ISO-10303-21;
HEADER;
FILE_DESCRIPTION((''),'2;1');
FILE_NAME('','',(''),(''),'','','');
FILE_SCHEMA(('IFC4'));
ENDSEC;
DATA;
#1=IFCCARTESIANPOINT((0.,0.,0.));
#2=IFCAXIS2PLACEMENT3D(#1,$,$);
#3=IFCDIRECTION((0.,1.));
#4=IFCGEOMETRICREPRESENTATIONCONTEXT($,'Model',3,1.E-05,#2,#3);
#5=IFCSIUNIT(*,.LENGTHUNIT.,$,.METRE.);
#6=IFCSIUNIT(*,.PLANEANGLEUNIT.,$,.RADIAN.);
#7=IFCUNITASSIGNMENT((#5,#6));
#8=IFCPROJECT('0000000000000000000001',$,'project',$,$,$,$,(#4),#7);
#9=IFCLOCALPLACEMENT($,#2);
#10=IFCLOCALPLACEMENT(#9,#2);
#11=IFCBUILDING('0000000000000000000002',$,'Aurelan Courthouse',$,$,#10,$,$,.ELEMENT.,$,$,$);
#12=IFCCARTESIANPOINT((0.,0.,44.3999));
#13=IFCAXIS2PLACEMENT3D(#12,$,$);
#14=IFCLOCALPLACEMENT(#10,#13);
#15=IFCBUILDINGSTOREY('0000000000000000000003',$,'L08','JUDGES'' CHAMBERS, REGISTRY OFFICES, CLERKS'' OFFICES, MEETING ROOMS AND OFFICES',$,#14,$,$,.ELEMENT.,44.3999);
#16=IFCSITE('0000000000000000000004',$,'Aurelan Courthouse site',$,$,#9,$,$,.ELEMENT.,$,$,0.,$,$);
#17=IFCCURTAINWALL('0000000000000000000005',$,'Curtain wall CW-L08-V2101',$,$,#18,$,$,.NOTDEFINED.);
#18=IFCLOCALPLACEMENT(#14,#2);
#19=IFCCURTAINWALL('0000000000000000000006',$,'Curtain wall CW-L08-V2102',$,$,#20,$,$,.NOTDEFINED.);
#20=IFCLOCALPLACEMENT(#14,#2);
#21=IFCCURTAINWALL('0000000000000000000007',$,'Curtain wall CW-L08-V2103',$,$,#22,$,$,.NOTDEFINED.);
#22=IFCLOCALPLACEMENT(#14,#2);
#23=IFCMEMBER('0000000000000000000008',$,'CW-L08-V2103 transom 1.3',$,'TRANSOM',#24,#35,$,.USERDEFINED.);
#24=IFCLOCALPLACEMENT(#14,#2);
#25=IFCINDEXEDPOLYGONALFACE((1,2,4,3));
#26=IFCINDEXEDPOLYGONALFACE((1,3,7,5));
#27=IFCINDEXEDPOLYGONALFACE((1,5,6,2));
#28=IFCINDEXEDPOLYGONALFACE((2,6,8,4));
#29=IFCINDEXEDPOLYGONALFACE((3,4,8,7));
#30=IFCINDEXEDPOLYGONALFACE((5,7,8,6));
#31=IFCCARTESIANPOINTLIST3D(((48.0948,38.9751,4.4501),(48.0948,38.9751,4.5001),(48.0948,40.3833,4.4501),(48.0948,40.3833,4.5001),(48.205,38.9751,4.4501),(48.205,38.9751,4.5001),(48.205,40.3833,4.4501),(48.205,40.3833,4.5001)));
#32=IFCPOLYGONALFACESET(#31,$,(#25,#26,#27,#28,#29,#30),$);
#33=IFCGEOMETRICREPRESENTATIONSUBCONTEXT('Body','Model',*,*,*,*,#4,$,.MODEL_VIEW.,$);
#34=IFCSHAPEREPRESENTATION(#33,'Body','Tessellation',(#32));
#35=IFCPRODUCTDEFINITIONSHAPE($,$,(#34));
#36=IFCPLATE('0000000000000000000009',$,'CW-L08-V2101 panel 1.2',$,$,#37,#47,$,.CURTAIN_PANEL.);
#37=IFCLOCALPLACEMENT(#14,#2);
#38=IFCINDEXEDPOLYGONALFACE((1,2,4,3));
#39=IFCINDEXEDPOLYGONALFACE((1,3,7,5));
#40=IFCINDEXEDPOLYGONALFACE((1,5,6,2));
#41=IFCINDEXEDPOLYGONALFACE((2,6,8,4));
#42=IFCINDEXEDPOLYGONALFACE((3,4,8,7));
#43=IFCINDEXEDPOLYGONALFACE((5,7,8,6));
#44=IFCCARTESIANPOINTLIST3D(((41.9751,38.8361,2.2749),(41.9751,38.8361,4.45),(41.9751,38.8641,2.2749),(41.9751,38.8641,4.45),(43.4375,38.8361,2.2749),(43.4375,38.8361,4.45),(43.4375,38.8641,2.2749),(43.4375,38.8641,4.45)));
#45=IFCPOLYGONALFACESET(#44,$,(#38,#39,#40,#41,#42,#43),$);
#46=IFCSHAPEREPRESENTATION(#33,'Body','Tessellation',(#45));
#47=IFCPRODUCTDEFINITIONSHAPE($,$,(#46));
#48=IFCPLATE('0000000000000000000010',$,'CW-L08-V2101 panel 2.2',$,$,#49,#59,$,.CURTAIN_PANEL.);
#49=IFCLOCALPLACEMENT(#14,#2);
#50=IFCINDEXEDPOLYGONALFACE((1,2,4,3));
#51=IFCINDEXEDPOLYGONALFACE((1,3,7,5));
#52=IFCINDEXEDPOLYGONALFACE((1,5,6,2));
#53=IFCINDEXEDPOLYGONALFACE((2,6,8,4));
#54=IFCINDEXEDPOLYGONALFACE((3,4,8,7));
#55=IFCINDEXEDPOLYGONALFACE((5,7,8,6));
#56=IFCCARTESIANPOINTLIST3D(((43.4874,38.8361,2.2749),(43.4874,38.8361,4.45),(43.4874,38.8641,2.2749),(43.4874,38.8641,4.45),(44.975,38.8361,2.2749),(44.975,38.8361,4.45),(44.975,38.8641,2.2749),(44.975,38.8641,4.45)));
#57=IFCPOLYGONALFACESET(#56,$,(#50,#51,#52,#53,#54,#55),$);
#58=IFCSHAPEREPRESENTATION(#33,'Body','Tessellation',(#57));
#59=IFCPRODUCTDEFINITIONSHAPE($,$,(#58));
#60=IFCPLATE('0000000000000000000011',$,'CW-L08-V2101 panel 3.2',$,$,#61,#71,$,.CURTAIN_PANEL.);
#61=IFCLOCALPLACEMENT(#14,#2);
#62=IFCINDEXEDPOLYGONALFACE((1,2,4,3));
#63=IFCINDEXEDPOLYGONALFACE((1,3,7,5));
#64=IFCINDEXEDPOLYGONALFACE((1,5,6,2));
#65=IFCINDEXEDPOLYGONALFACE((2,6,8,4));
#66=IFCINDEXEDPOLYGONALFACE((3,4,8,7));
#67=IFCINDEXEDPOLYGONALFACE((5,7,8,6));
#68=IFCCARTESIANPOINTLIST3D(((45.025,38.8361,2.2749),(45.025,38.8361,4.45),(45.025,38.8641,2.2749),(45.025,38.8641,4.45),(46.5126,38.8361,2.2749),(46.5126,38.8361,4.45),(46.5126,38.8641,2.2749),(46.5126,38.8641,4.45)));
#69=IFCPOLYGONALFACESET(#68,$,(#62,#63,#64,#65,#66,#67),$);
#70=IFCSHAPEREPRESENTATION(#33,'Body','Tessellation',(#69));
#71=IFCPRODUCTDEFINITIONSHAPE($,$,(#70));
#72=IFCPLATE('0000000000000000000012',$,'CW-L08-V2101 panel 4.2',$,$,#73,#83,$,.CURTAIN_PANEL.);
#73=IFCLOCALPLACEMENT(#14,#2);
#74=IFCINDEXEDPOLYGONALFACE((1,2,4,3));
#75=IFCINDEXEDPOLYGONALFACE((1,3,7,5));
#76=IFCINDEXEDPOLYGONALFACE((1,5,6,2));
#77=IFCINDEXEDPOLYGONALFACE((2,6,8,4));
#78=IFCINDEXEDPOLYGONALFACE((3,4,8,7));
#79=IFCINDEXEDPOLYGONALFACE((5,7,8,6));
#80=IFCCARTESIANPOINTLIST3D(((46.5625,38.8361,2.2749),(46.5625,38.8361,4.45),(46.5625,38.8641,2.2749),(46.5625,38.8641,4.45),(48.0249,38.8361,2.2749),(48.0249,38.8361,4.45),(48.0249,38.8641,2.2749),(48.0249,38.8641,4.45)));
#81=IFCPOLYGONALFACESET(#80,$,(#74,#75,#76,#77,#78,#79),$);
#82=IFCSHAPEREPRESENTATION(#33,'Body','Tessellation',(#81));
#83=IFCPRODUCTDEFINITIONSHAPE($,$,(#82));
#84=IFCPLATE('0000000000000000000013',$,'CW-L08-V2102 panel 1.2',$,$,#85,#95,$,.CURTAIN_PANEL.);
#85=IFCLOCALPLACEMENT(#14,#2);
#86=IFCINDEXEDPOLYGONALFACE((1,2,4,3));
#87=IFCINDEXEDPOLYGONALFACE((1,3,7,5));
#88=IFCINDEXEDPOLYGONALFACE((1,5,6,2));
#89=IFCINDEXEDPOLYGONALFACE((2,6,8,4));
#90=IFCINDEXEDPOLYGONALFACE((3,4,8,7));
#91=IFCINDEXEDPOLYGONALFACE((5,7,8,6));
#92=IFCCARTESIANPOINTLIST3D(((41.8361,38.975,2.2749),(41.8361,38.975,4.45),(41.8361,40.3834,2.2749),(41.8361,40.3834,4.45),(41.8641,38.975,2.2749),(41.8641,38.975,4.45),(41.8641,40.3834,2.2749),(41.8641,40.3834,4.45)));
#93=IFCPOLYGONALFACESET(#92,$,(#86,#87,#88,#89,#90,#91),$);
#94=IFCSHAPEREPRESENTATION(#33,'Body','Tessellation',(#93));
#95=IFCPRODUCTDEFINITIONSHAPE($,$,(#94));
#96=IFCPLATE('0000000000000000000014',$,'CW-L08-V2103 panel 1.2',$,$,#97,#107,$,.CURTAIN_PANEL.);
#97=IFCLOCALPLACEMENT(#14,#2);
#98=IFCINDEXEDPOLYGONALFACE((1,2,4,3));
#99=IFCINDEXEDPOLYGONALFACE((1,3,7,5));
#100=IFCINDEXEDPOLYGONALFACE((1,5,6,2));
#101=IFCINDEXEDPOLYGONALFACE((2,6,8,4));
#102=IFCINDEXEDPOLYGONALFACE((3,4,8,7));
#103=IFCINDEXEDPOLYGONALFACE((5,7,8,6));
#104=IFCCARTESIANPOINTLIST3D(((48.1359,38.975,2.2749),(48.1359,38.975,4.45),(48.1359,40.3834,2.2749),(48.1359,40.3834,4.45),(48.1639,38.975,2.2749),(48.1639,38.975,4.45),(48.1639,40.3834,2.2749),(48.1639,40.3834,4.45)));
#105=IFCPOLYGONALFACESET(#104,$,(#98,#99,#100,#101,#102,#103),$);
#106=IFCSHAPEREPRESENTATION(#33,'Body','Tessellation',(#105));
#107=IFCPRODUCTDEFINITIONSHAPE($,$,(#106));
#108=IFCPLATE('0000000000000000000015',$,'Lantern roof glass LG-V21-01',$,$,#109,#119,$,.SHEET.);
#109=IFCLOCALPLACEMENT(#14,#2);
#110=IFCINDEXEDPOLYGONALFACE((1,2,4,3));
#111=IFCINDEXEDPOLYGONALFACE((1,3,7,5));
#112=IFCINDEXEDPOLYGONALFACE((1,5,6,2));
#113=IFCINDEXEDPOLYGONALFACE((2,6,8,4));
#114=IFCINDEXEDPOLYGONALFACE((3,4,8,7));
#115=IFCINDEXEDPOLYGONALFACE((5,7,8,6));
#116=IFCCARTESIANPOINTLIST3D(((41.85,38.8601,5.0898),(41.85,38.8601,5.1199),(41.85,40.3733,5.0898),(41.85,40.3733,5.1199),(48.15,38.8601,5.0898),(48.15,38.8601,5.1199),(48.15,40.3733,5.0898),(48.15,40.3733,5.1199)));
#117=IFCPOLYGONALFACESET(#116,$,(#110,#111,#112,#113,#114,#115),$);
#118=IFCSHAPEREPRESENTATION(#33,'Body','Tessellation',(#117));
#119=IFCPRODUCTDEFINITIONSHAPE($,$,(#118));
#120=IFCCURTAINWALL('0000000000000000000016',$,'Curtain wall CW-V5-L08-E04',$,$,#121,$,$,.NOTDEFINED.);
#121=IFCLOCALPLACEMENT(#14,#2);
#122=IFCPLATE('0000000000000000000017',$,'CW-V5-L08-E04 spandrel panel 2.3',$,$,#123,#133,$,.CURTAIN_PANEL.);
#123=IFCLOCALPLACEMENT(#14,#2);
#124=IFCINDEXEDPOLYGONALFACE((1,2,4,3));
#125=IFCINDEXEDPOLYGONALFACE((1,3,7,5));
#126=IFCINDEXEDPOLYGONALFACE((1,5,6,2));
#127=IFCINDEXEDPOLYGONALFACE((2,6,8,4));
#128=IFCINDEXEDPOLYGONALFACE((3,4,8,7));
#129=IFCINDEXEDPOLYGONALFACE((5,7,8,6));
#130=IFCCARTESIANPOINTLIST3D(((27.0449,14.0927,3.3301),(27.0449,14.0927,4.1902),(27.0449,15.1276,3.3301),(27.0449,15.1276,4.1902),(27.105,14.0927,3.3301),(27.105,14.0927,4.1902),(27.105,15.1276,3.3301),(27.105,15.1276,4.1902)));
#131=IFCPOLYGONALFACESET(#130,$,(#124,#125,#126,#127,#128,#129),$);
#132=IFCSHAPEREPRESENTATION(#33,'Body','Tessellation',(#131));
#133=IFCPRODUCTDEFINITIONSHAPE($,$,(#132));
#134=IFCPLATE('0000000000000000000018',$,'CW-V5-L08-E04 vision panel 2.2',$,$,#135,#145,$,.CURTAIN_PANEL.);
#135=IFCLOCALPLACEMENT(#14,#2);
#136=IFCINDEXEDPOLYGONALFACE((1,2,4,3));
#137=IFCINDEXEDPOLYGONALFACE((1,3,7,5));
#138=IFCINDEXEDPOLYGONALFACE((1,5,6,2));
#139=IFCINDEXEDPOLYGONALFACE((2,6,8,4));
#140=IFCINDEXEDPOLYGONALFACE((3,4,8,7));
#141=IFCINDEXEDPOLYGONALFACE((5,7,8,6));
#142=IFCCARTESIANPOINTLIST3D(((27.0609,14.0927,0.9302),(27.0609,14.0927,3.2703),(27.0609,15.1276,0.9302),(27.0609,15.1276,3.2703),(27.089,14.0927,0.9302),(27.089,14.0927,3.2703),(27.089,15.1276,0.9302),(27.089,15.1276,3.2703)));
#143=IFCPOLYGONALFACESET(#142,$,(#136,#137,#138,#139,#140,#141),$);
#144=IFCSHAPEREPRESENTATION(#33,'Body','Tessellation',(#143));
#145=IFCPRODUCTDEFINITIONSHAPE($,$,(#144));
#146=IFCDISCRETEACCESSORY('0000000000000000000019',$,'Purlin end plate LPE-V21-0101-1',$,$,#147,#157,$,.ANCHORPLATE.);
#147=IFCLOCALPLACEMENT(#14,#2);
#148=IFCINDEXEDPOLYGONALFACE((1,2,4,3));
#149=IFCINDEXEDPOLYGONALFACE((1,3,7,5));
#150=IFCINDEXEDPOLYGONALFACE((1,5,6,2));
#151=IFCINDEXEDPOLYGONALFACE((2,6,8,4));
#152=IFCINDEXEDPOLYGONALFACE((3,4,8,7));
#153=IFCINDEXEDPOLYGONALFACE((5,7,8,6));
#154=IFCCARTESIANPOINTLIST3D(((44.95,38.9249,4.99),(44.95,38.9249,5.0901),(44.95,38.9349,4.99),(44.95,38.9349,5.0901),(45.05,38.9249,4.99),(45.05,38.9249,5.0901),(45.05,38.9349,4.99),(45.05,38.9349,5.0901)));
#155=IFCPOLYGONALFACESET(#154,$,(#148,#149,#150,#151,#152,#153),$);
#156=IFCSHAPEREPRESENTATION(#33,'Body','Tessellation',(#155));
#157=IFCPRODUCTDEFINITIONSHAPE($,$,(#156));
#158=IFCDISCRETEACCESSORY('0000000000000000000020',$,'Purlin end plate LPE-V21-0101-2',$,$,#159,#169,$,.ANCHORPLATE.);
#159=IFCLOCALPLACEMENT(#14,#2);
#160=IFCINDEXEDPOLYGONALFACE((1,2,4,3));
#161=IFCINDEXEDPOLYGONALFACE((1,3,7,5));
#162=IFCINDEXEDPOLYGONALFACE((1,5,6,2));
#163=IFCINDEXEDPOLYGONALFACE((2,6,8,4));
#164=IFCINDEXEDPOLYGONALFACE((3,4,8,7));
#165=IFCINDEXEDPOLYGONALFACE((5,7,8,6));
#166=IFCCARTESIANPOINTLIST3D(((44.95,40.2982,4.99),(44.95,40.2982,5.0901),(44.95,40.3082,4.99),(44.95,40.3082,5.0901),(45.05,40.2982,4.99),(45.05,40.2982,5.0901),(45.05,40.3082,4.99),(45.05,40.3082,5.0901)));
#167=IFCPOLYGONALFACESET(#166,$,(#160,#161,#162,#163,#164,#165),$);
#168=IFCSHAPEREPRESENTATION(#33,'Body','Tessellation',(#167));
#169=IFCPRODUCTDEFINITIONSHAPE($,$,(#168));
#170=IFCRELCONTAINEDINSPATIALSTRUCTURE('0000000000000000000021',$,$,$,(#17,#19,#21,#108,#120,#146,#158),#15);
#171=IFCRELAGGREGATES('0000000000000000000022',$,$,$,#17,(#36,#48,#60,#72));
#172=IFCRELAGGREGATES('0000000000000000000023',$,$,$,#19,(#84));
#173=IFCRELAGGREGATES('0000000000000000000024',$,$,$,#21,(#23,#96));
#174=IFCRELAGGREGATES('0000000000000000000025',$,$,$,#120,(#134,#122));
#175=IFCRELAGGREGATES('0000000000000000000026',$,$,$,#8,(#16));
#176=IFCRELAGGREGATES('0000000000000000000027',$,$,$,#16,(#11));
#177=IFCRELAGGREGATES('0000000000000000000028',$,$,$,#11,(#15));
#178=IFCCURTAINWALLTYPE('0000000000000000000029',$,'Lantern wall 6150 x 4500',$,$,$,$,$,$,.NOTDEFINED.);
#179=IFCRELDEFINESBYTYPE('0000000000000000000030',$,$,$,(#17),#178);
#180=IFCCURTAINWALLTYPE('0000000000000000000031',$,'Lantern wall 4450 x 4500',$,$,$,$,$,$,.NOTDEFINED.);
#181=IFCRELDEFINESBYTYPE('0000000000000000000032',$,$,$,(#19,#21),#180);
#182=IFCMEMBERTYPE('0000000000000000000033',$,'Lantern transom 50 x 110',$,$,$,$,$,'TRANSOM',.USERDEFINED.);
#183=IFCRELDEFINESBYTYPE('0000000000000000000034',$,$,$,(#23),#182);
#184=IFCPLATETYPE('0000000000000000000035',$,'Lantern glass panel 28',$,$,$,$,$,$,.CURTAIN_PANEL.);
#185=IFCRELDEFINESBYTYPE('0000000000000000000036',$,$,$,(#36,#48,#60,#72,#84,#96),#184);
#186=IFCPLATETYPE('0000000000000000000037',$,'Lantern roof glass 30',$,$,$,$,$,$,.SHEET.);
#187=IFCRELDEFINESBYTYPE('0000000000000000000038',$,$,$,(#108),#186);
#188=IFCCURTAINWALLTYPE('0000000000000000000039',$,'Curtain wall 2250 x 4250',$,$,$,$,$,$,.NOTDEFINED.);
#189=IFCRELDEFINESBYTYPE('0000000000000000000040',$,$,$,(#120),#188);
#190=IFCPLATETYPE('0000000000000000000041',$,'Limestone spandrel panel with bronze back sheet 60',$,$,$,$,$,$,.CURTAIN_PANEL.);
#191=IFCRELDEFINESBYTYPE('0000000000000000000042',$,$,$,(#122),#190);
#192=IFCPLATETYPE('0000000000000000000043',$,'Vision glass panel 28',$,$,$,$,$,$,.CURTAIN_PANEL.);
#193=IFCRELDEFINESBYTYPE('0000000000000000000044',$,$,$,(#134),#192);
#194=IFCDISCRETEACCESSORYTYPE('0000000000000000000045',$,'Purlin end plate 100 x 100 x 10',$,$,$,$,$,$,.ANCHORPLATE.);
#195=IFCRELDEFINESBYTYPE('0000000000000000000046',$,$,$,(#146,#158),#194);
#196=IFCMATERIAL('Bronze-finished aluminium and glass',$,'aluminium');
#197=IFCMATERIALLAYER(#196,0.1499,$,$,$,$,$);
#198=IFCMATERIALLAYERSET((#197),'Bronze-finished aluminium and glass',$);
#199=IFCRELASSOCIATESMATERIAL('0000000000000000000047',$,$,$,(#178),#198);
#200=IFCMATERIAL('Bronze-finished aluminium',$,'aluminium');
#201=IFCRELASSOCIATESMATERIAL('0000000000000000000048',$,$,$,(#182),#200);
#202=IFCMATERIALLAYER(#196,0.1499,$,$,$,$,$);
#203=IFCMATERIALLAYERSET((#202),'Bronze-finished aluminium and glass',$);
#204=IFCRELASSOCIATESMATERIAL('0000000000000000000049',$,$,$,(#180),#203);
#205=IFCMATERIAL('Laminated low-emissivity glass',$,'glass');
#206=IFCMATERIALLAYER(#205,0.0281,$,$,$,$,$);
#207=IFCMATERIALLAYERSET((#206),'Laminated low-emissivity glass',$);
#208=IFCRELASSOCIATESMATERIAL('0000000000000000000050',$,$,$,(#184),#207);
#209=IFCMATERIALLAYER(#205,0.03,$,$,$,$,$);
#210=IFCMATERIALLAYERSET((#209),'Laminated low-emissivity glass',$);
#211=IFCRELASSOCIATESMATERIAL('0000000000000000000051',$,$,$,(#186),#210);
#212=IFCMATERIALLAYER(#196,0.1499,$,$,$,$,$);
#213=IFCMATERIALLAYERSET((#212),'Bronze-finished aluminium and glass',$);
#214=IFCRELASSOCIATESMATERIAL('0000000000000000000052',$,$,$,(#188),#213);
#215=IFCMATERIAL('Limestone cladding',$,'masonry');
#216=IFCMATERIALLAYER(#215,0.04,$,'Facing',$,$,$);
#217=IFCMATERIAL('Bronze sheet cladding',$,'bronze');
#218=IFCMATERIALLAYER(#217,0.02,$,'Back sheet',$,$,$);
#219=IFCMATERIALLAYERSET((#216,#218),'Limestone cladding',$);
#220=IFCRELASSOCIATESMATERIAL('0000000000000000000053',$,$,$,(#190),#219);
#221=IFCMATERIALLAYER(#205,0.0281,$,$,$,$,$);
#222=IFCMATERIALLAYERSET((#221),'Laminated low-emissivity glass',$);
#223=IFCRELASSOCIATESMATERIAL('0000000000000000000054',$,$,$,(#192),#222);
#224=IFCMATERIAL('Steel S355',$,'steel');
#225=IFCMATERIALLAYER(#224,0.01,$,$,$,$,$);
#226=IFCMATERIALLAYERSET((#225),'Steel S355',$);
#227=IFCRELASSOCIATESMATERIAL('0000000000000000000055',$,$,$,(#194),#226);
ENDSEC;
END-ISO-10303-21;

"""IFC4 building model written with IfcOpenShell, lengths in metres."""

from ifc_helpers import new_model, si_unit, direction, frame, origin, origin_2d, place, context, subcontext, project, spatial, rectangle, extrude, material, layer, layer_set, material_profile, profile_set, type_object, element, aggregate, save


model = new_model("IFC4")

# Units and contexts
model_context = context("Model", 3, precision=1e-05, world=origin(), true_north=direction((0.0, 1.0)))
body_context = subcontext(model_context, "Body", "Model", "MODEL_VIEW")
ifc_project = project(units=[si_unit("LENGTHUNIT", "METRE"), si_unit("PLANEANGLEUNIT", "RADIAN")], contexts=[model_context])

# Site, building, storey
site_placement = place(None, origin())
site = spatial("IfcSite", under=ifc_project, at=site_placement, Name="Aurelan Courthouse site", CompositionType="ELEMENT", RefElevation=0.0)
building_placement = place(site_placement, origin())
building = spatial("IfcBuilding", under=site, at=building_placement, Name="Aurelan Courthouse", CompositionType="ELEMENT")
storey_placement = place(building_placement, frame((0.0, 0.0, 44.3999)))
storey = spatial("IfcBuildingStorey", under=building, at=storey_placement, Name="L08", Description="JUDGES' CHAMBERS, REGISTRY OFFICES, CLERKS' OFFICES, MEETING ROOMS AND OFFICES", CompositionType="ELEMENT", Elevation=44.3999)

# Shared definitions
ifc_material_1 = material(Name="Steel S355", Category="steel")

# Curtain walls, member
ifc_material_2 = material(Name="Bronze-finished aluminium and glass", Category="aluminium")
ifc_layer_1 = layer(ifc_material_2, 0.1499)
ifc_layer_set_1 = layer_set([ifc_layer_1], Name="Bronze-finished aluminium and glass")
curtain_wall_type_1 = type_object("IfcCurtainWallType", Name="Lantern wall 6150 x 4500", PredefinedType="NOTDEFINED", material=ifc_layer_set_1)
curtain_wall_1_placement = place(storey_placement, origin())
curtain_wall_1 = element("IfcCurtainWall", 1, at=curtain_wall_1_placement, inside=storey, type_object=curtain_wall_type_1, Name="Curtain wall CW-L08-V2101", PredefinedType="NOTDEFINED")
ifc_material_3 = material(Name="Bronze-finished aluminium", Category="aluminium")
ifc_material_profile_1 = material_profile(ifc_material_3, rectangle(XDim=0.1101, YDim=0.05, at=origin_2d()), Name="Lantern transom 50 x 110")
ifc_profile_set_1 = profile_set([ifc_material_profile_1], Name="Bronze-finished aluminium")
member_type_1 = type_object("IfcMemberType", Name="Lantern transom 50 x 110", ElementType="TRANSOM", PredefinedType="USERDEFINED", material=ifc_profile_set_1)
ifc_layer_2 = layer(ifc_material_2, 0.1499)
ifc_layer_set_2 = layer_set([ifc_layer_2], Name="Bronze-finished aluminium and glass")
curtain_wall_type_2 = type_object("IfcCurtainWallType", Name="Lantern wall 4450 x 4500", PredefinedType="NOTDEFINED", material=ifc_layer_set_2)
curtain_wall_2_placement = place(storey_placement, origin())
curtain_wall_2 = element("IfcCurtainWall", 2, at=curtain_wall_2_placement, inside=storey, type_object=curtain_wall_type_2, Name="Curtain wall CW-L08-V2102", PredefinedType="NOTDEFINED")
curtain_wall_3_placement = place(storey_placement, origin())
curtain_wall_3 = element("IfcCurtainWall", 3, at=curtain_wall_3_placement, inside=storey, type_object=curtain_wall_type_2, Name="Curtain wall CW-L08-V2103", PredefinedType="NOTDEFINED")
member_1_placement = place(storey_placement, frame((48.1499, 38.9751, 4.4751), z_axis=(0.0, 1.0, 0.0), x_axis=(-1.0, 0.0, 0.0)))
member_1 = element("IfcMember", 4, at=member_1_placement, type_object=member_type_1, Name="CW-L08-V2103 transom 1.3", ObjectType="TRANSOM", PredefinedType="USERDEFINED", context=body_context, shape_type="SweptSolid", body=[
    extrude(rectangle(XDim=0.1101, YDim=0.05, at=origin_2d()), origin(), (0.0, 0.0, 1.0), 1.4082),
])

# Plates
ifc_material_4 = material(Name="Laminated low-emissivity glass", Category="glass")
ifc_layer_3 = layer(ifc_material_4, 0.0281)
ifc_layer_set_3 = layer_set([ifc_layer_3], Name="Laminated low-emissivity glass")
plate_type_1 = type_object("IfcPlateType", Name="Lantern glass panel 28", PredefinedType="CURTAIN_PANEL", material=ifc_layer_set_3)
plate_1_placement = place(storey_placement, frame((42.7063, 38.8501, 2.2749), z_axis=(0.0, 0.0, 1.0), x_axis=(1.0, 0.0, 0.0)))
plate_1 = element("IfcPlate", 5, at=plate_1_placement, type_object=plate_type_1, Name="CW-L08-V2101 panel 1.2", PredefinedType="CURTAIN_PANEL", context=body_context, shape_type="SweptSolid", body=[
    extrude(rectangle(XDim=1.4624, YDim=0.0281, at=origin_2d()), origin(), (0.0, 0.0, 1.0), 2.175),
])
plate_2_placement = place(storey_placement, frame((44.2312, 38.8501, 2.2749), z_axis=(0.0, 0.0, 1.0), x_axis=(1.0, 0.0, 0.0)))
plate_2 = element("IfcPlate", 6, at=plate_2_placement, type_object=plate_type_1, Name="CW-L08-V2101 panel 2.2", PredefinedType="CURTAIN_PANEL", context=body_context, shape_type="SweptSolid", body=[
    extrude(rectangle(XDim=1.4875, YDim=0.0281, at=origin_2d()), origin(), (0.0, 0.0, 1.0), 2.175),
])
plate_3_placement = place(storey_placement, frame((45.7688, 38.8501, 2.2749), z_axis=(0.0, 0.0, 1.0), x_axis=(1.0, 0.0, 0.0)))
plate_3 = element("IfcPlate", 7, at=plate_3_placement, type_object=plate_type_1, Name="CW-L08-V2101 panel 3.2", PredefinedType="CURTAIN_PANEL", context=body_context, shape_type="SweptSolid", body=[
    extrude(rectangle(XDim=1.4875, YDim=0.0281, at=origin_2d()), origin(), (0.0, 0.0, 1.0), 2.175),
])
plate_4_placement = place(storey_placement, frame((47.2937, 38.8501, 2.2749), z_axis=(0.0, 0.0, 1.0), x_axis=(1.0, 0.0, 0.0)))
plate_4 = element("IfcPlate", 8, at=plate_4_placement, type_object=plate_type_1, Name="CW-L08-V2101 panel 4.2", PredefinedType="CURTAIN_PANEL", context=body_context, shape_type="SweptSolid", body=[
    extrude(rectangle(XDim=1.4624, YDim=0.0281, at=origin_2d()), origin(), (0.0, 0.0, 1.0), 2.175),
])
aggregate(curtain_wall_1, [plate_1, plate_2, plate_3, plate_4])
plate_5_placement = place(storey_placement, frame((41.8501, 39.6792, 2.2749), z_axis=(0.0, 0.0, 1.0), x_axis=(0.0, 1.0, 0.0)))
plate_5 = element("IfcPlate", 9, at=plate_5_placement, type_object=plate_type_1, Name="CW-L08-V2102 panel 1.2", PredefinedType="CURTAIN_PANEL", context=body_context, shape_type="SweptSolid", body=[
    extrude(rectangle(XDim=1.4084, YDim=0.0281, at=origin_2d()), origin(), (0.0, 0.0, 1.0), 2.175),
])
aggregate(curtain_wall_2, [plate_5])
plate_6_placement = place(storey_placement, frame((48.1499, 39.6792, 2.2749), z_axis=(0.0, 0.0, 1.0), x_axis=(0.0, 1.0, 0.0)))
plate_6 = element("IfcPlate", 10, at=plate_6_placement, type_object=plate_type_1, Name="CW-L08-V2103 panel 1.2", PredefinedType="CURTAIN_PANEL", context=body_context, shape_type="SweptSolid", body=[
    extrude(rectangle(XDim=1.4084, YDim=0.0281, at=origin_2d()), origin(), (0.0, 0.0, 1.0), 2.175),
])
aggregate(curtain_wall_3, [member_1, plate_6])
ifc_layer_4 = layer(ifc_material_4, 0.03)
ifc_layer_set_4 = layer_set([ifc_layer_4], Name="Laminated low-emissivity glass")
plate_type_2 = type_object("IfcPlateType", Name="Lantern roof glass 30", PredefinedType="SHEET", material=ifc_layer_set_4)
plate_7_placement = place(storey_placement, frame((45.0, 39.6167, 5.0898), z_axis=(0.0, 0.0, 1.0), x_axis=(1.0, 0.0, 0.0)))
element("IfcPlate", 11, at=plate_7_placement, inside=storey, type_object=plate_type_2, Name="Lantern roof glass LG-V21-01", PredefinedType="SHEET", context=body_context, shape_type="SweptSolid", body=[
    extrude(rectangle(XDim=6.3, YDim=1.5132, at=origin_2d()), origin(), (0.0, 0.0, 1.0), 0.03),
])

# Curtain wall, plates
ifc_layer_5 = layer(ifc_material_2, 0.1499)
ifc_layer_set_5 = layer_set([ifc_layer_5], Name="Bronze-finished aluminium and glass")
curtain_wall_type_3 = type_object("IfcCurtainWallType", Name="Curtain wall 2250 x 4250", PredefinedType="NOTDEFINED", material=ifc_layer_set_5)
curtain_wall_4_placement = place(storey_placement, origin())
curtain_wall_4 = element("IfcCurtainWall", 12, at=curtain_wall_4_placement, inside=storey, type_object=curtain_wall_type_3, Name="Curtain wall CW-V5-L08-E04", PredefinedType="NOTDEFINED")
ifc_material_5 = material(Name="Limestone cladding", Category="masonry")
ifc_layer_6 = layer(ifc_material_5, 0.04, Name="Facing")
ifc_material_6 = material(Name="Bronze sheet cladding", Category="bronze")
ifc_layer_7 = layer(ifc_material_6, 0.02, Name="Back sheet")
ifc_layer_set_6 = layer_set([ifc_layer_6, ifc_layer_7], Name="Limestone cladding")
plate_type_3 = type_object("IfcPlateType", Name="Limestone spandrel panel with bronze back sheet 60", PredefinedType="CURTAIN_PANEL", material=ifc_layer_set_6)
plate_8_placement = place(storey_placement, frame((27.075, 14.6101, 3.3301), z_axis=(0.0, 0.0, 1.0), x_axis=(0.0, 1.0, 0.0)))
plate_8 = element("IfcPlate", 13, at=plate_8_placement, type_object=plate_type_3, Name="CW-V5-L08-E04 spandrel panel 2.3", PredefinedType="CURTAIN_PANEL", context=body_context, shape_type="SweptSolid", body=[
    extrude(rectangle(XDim=1.0349, YDim=0.0601, at=origin_2d()), origin(), (0.0, 0.0, 1.0), 0.8601),
])
ifc_layer_8 = layer(ifc_material_4, 0.0281)
ifc_layer_set_7 = layer_set([ifc_layer_8], Name="Laminated low-emissivity glass")
plate_type_4 = type_object("IfcPlateType", Name="Vision glass panel 28", PredefinedType="CURTAIN_PANEL", material=ifc_layer_set_7)
plate_9_placement = place(storey_placement, frame((27.075, 14.6101, 0.9302), z_axis=(0.0, 0.0, 1.0), x_axis=(0.0, 1.0, 0.0)))
plate_9 = element("IfcPlate", 14, at=plate_9_placement, type_object=plate_type_4, Name="CW-V5-L08-E04 vision panel 2.2", PredefinedType="CURTAIN_PANEL", context=body_context, shape_type="SweptSolid", body=[
    extrude(rectangle(XDim=1.0349, YDim=0.0281, at=origin_2d()), origin(), (0.0, 0.0, 1.0), 2.3401),
])
aggregate(curtain_wall_4, [plate_9, plate_8])

# Discrete accessories
ifc_layer_9 = layer(ifc_material_1, 0.01)
ifc_layer_set_8 = layer_set([ifc_layer_9], Name="Steel S355")
discrete_accessory_type = type_object("IfcDiscreteAccessoryType", Name="Purlin end plate 100 x 100 x 10", PredefinedType="ANCHORPLATE", material=ifc_layer_set_8)
for number, where, z_axis, x_axis, name in (
    (15, (45.0, 38.9299, 4.99), (0.0, 0.0, 1.0), (1.0, 0.0, 0.0), "Purlin end plate LPE-V21-0101-1"),
    (16, (45.0, 40.3032, 4.99), (0.0, 0.0, 1.0), (1.0, 0.0, 0.0), "Purlin end plate LPE-V21-0101-2"),
):
    element("IfcDiscreteAccessory", number, at=place(storey_placement, frame(where, z_axis=z_axis, x_axis=x_axis)), inside=storey, type_object=discrete_accessory_type, Name=name, PredefinedType="ANCHORPLATE", context=body_context, shape_type="SweptSolid", body=[
        extrude(rectangle(XDim=0.1001, YDim=0.01, at=origin_2d()), origin(), (0.0, 0.0, 1.0), 0.1001),
    ])

save(model, "model.ifc")
